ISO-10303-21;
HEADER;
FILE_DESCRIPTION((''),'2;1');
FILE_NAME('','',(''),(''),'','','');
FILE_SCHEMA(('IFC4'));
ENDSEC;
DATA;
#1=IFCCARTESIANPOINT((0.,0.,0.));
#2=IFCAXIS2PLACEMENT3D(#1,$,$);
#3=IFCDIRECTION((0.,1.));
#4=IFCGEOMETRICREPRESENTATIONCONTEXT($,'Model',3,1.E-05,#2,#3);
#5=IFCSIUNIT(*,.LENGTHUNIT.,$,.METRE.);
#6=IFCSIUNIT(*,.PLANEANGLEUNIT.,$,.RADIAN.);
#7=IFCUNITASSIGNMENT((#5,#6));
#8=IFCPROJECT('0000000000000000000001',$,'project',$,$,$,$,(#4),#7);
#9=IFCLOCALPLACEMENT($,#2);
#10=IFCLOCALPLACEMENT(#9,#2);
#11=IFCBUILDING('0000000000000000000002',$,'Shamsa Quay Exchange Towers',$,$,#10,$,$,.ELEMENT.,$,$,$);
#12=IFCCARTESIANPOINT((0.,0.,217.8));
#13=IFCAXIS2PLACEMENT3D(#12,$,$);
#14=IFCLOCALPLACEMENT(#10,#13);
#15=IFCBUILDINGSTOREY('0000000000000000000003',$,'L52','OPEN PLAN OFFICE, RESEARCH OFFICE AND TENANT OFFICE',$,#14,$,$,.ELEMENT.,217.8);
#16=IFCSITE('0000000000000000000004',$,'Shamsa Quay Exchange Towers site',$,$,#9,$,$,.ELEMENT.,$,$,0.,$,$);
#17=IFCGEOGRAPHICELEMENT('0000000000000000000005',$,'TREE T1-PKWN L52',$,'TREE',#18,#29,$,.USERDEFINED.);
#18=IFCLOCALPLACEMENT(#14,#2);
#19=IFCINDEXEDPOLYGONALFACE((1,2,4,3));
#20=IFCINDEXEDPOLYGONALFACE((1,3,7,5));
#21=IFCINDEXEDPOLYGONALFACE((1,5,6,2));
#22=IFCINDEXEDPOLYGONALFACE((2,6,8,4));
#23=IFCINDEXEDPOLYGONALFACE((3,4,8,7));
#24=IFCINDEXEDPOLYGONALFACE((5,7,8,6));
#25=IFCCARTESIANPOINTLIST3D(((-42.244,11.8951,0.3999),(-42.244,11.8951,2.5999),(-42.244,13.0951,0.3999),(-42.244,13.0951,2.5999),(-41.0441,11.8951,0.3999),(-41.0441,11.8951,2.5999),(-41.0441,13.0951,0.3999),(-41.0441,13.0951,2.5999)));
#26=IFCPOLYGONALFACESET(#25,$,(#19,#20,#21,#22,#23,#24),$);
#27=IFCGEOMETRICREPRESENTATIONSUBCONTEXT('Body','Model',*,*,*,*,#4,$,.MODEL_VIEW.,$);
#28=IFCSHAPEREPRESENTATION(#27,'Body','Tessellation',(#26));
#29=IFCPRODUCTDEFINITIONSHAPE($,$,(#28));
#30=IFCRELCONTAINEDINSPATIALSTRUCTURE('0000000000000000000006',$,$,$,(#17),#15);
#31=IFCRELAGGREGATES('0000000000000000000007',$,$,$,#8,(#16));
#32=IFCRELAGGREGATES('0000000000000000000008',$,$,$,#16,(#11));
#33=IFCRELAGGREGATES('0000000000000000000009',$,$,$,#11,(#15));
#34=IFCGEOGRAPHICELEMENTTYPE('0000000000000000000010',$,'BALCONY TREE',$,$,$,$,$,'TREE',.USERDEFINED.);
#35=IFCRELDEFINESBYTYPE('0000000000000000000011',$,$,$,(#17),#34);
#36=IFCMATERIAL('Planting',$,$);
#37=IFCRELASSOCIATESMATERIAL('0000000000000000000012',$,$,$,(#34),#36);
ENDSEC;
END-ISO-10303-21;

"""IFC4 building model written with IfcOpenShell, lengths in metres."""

from ifc_helpers import new_model, si_unit, direction, frame, origin, origin_2d, place, context, subcontext, project, spatial, rectangle, extrude, material, type_object, element, save


model = new_model("IFC4")

# Units and contexts
model_context = context("Model", 3, precision=1e-05, world=origin(), true_north=direction((0.0, 1.0)))
body_context = subcontext(model_context, "Body", "Model", "MODEL_VIEW")
ifc_project = project(units=[si_unit("LENGTHUNIT", "METRE"), si_unit("PLANEANGLEUNIT", "RADIAN")], contexts=[model_context])

# Site, building, storey
site_placement = place(None, origin())
site = spatial("IfcSite", under=ifc_project, at=site_placement, Name="Shamsa Quay Exchange Towers site", CompositionType="ELEMENT", RefElevation=0.0)
building_placement = place(site_placement, origin())
building = spatial("IfcBuilding", under=site, at=building_placement, Name="Shamsa Quay Exchange Towers", CompositionType="ELEMENT")
storey_placement = place(building_placement, frame((0.0, 0.0, 217.8)))
storey = spatial("IfcBuildingStorey", under=building, at=storey_placement, Name="L52", Description="OPEN PLAN OFFICE, RESEARCH OFFICE AND TENANT OFFICE", CompositionType="ELEMENT", Elevation=217.8)

# Geographic element
ifc_material_1 = material(Name="Planting")
geographic_element_type = type_object("IfcGeographicElementType", Name="BALCONY TREE", ElementType="TREE", PredefinedType="USERDEFINED", material=ifc_material_1)
geographic_element_placement = place(storey_placement, frame((-41.644, 12.4951, 0.3999), z_axis=(0.0, 0.0, 1.0), x_axis=(-1.0, 0.0, 0.0)))
element("IfcGeographicElement", 1, at=geographic_element_placement, inside=storey, type_object=geographic_element_type, Name="TREE T1-PKWN L52", ObjectType="TREE", PredefinedType="USERDEFINED", context=body_context, shape_type="SweptSolid", body=[
    extrude(rectangle(XDim=1.2, YDim=1.2, at=origin_2d()), origin(), (0.0, 0.0, 1.0), 2.2),
])

save(model, "model.ifc")
